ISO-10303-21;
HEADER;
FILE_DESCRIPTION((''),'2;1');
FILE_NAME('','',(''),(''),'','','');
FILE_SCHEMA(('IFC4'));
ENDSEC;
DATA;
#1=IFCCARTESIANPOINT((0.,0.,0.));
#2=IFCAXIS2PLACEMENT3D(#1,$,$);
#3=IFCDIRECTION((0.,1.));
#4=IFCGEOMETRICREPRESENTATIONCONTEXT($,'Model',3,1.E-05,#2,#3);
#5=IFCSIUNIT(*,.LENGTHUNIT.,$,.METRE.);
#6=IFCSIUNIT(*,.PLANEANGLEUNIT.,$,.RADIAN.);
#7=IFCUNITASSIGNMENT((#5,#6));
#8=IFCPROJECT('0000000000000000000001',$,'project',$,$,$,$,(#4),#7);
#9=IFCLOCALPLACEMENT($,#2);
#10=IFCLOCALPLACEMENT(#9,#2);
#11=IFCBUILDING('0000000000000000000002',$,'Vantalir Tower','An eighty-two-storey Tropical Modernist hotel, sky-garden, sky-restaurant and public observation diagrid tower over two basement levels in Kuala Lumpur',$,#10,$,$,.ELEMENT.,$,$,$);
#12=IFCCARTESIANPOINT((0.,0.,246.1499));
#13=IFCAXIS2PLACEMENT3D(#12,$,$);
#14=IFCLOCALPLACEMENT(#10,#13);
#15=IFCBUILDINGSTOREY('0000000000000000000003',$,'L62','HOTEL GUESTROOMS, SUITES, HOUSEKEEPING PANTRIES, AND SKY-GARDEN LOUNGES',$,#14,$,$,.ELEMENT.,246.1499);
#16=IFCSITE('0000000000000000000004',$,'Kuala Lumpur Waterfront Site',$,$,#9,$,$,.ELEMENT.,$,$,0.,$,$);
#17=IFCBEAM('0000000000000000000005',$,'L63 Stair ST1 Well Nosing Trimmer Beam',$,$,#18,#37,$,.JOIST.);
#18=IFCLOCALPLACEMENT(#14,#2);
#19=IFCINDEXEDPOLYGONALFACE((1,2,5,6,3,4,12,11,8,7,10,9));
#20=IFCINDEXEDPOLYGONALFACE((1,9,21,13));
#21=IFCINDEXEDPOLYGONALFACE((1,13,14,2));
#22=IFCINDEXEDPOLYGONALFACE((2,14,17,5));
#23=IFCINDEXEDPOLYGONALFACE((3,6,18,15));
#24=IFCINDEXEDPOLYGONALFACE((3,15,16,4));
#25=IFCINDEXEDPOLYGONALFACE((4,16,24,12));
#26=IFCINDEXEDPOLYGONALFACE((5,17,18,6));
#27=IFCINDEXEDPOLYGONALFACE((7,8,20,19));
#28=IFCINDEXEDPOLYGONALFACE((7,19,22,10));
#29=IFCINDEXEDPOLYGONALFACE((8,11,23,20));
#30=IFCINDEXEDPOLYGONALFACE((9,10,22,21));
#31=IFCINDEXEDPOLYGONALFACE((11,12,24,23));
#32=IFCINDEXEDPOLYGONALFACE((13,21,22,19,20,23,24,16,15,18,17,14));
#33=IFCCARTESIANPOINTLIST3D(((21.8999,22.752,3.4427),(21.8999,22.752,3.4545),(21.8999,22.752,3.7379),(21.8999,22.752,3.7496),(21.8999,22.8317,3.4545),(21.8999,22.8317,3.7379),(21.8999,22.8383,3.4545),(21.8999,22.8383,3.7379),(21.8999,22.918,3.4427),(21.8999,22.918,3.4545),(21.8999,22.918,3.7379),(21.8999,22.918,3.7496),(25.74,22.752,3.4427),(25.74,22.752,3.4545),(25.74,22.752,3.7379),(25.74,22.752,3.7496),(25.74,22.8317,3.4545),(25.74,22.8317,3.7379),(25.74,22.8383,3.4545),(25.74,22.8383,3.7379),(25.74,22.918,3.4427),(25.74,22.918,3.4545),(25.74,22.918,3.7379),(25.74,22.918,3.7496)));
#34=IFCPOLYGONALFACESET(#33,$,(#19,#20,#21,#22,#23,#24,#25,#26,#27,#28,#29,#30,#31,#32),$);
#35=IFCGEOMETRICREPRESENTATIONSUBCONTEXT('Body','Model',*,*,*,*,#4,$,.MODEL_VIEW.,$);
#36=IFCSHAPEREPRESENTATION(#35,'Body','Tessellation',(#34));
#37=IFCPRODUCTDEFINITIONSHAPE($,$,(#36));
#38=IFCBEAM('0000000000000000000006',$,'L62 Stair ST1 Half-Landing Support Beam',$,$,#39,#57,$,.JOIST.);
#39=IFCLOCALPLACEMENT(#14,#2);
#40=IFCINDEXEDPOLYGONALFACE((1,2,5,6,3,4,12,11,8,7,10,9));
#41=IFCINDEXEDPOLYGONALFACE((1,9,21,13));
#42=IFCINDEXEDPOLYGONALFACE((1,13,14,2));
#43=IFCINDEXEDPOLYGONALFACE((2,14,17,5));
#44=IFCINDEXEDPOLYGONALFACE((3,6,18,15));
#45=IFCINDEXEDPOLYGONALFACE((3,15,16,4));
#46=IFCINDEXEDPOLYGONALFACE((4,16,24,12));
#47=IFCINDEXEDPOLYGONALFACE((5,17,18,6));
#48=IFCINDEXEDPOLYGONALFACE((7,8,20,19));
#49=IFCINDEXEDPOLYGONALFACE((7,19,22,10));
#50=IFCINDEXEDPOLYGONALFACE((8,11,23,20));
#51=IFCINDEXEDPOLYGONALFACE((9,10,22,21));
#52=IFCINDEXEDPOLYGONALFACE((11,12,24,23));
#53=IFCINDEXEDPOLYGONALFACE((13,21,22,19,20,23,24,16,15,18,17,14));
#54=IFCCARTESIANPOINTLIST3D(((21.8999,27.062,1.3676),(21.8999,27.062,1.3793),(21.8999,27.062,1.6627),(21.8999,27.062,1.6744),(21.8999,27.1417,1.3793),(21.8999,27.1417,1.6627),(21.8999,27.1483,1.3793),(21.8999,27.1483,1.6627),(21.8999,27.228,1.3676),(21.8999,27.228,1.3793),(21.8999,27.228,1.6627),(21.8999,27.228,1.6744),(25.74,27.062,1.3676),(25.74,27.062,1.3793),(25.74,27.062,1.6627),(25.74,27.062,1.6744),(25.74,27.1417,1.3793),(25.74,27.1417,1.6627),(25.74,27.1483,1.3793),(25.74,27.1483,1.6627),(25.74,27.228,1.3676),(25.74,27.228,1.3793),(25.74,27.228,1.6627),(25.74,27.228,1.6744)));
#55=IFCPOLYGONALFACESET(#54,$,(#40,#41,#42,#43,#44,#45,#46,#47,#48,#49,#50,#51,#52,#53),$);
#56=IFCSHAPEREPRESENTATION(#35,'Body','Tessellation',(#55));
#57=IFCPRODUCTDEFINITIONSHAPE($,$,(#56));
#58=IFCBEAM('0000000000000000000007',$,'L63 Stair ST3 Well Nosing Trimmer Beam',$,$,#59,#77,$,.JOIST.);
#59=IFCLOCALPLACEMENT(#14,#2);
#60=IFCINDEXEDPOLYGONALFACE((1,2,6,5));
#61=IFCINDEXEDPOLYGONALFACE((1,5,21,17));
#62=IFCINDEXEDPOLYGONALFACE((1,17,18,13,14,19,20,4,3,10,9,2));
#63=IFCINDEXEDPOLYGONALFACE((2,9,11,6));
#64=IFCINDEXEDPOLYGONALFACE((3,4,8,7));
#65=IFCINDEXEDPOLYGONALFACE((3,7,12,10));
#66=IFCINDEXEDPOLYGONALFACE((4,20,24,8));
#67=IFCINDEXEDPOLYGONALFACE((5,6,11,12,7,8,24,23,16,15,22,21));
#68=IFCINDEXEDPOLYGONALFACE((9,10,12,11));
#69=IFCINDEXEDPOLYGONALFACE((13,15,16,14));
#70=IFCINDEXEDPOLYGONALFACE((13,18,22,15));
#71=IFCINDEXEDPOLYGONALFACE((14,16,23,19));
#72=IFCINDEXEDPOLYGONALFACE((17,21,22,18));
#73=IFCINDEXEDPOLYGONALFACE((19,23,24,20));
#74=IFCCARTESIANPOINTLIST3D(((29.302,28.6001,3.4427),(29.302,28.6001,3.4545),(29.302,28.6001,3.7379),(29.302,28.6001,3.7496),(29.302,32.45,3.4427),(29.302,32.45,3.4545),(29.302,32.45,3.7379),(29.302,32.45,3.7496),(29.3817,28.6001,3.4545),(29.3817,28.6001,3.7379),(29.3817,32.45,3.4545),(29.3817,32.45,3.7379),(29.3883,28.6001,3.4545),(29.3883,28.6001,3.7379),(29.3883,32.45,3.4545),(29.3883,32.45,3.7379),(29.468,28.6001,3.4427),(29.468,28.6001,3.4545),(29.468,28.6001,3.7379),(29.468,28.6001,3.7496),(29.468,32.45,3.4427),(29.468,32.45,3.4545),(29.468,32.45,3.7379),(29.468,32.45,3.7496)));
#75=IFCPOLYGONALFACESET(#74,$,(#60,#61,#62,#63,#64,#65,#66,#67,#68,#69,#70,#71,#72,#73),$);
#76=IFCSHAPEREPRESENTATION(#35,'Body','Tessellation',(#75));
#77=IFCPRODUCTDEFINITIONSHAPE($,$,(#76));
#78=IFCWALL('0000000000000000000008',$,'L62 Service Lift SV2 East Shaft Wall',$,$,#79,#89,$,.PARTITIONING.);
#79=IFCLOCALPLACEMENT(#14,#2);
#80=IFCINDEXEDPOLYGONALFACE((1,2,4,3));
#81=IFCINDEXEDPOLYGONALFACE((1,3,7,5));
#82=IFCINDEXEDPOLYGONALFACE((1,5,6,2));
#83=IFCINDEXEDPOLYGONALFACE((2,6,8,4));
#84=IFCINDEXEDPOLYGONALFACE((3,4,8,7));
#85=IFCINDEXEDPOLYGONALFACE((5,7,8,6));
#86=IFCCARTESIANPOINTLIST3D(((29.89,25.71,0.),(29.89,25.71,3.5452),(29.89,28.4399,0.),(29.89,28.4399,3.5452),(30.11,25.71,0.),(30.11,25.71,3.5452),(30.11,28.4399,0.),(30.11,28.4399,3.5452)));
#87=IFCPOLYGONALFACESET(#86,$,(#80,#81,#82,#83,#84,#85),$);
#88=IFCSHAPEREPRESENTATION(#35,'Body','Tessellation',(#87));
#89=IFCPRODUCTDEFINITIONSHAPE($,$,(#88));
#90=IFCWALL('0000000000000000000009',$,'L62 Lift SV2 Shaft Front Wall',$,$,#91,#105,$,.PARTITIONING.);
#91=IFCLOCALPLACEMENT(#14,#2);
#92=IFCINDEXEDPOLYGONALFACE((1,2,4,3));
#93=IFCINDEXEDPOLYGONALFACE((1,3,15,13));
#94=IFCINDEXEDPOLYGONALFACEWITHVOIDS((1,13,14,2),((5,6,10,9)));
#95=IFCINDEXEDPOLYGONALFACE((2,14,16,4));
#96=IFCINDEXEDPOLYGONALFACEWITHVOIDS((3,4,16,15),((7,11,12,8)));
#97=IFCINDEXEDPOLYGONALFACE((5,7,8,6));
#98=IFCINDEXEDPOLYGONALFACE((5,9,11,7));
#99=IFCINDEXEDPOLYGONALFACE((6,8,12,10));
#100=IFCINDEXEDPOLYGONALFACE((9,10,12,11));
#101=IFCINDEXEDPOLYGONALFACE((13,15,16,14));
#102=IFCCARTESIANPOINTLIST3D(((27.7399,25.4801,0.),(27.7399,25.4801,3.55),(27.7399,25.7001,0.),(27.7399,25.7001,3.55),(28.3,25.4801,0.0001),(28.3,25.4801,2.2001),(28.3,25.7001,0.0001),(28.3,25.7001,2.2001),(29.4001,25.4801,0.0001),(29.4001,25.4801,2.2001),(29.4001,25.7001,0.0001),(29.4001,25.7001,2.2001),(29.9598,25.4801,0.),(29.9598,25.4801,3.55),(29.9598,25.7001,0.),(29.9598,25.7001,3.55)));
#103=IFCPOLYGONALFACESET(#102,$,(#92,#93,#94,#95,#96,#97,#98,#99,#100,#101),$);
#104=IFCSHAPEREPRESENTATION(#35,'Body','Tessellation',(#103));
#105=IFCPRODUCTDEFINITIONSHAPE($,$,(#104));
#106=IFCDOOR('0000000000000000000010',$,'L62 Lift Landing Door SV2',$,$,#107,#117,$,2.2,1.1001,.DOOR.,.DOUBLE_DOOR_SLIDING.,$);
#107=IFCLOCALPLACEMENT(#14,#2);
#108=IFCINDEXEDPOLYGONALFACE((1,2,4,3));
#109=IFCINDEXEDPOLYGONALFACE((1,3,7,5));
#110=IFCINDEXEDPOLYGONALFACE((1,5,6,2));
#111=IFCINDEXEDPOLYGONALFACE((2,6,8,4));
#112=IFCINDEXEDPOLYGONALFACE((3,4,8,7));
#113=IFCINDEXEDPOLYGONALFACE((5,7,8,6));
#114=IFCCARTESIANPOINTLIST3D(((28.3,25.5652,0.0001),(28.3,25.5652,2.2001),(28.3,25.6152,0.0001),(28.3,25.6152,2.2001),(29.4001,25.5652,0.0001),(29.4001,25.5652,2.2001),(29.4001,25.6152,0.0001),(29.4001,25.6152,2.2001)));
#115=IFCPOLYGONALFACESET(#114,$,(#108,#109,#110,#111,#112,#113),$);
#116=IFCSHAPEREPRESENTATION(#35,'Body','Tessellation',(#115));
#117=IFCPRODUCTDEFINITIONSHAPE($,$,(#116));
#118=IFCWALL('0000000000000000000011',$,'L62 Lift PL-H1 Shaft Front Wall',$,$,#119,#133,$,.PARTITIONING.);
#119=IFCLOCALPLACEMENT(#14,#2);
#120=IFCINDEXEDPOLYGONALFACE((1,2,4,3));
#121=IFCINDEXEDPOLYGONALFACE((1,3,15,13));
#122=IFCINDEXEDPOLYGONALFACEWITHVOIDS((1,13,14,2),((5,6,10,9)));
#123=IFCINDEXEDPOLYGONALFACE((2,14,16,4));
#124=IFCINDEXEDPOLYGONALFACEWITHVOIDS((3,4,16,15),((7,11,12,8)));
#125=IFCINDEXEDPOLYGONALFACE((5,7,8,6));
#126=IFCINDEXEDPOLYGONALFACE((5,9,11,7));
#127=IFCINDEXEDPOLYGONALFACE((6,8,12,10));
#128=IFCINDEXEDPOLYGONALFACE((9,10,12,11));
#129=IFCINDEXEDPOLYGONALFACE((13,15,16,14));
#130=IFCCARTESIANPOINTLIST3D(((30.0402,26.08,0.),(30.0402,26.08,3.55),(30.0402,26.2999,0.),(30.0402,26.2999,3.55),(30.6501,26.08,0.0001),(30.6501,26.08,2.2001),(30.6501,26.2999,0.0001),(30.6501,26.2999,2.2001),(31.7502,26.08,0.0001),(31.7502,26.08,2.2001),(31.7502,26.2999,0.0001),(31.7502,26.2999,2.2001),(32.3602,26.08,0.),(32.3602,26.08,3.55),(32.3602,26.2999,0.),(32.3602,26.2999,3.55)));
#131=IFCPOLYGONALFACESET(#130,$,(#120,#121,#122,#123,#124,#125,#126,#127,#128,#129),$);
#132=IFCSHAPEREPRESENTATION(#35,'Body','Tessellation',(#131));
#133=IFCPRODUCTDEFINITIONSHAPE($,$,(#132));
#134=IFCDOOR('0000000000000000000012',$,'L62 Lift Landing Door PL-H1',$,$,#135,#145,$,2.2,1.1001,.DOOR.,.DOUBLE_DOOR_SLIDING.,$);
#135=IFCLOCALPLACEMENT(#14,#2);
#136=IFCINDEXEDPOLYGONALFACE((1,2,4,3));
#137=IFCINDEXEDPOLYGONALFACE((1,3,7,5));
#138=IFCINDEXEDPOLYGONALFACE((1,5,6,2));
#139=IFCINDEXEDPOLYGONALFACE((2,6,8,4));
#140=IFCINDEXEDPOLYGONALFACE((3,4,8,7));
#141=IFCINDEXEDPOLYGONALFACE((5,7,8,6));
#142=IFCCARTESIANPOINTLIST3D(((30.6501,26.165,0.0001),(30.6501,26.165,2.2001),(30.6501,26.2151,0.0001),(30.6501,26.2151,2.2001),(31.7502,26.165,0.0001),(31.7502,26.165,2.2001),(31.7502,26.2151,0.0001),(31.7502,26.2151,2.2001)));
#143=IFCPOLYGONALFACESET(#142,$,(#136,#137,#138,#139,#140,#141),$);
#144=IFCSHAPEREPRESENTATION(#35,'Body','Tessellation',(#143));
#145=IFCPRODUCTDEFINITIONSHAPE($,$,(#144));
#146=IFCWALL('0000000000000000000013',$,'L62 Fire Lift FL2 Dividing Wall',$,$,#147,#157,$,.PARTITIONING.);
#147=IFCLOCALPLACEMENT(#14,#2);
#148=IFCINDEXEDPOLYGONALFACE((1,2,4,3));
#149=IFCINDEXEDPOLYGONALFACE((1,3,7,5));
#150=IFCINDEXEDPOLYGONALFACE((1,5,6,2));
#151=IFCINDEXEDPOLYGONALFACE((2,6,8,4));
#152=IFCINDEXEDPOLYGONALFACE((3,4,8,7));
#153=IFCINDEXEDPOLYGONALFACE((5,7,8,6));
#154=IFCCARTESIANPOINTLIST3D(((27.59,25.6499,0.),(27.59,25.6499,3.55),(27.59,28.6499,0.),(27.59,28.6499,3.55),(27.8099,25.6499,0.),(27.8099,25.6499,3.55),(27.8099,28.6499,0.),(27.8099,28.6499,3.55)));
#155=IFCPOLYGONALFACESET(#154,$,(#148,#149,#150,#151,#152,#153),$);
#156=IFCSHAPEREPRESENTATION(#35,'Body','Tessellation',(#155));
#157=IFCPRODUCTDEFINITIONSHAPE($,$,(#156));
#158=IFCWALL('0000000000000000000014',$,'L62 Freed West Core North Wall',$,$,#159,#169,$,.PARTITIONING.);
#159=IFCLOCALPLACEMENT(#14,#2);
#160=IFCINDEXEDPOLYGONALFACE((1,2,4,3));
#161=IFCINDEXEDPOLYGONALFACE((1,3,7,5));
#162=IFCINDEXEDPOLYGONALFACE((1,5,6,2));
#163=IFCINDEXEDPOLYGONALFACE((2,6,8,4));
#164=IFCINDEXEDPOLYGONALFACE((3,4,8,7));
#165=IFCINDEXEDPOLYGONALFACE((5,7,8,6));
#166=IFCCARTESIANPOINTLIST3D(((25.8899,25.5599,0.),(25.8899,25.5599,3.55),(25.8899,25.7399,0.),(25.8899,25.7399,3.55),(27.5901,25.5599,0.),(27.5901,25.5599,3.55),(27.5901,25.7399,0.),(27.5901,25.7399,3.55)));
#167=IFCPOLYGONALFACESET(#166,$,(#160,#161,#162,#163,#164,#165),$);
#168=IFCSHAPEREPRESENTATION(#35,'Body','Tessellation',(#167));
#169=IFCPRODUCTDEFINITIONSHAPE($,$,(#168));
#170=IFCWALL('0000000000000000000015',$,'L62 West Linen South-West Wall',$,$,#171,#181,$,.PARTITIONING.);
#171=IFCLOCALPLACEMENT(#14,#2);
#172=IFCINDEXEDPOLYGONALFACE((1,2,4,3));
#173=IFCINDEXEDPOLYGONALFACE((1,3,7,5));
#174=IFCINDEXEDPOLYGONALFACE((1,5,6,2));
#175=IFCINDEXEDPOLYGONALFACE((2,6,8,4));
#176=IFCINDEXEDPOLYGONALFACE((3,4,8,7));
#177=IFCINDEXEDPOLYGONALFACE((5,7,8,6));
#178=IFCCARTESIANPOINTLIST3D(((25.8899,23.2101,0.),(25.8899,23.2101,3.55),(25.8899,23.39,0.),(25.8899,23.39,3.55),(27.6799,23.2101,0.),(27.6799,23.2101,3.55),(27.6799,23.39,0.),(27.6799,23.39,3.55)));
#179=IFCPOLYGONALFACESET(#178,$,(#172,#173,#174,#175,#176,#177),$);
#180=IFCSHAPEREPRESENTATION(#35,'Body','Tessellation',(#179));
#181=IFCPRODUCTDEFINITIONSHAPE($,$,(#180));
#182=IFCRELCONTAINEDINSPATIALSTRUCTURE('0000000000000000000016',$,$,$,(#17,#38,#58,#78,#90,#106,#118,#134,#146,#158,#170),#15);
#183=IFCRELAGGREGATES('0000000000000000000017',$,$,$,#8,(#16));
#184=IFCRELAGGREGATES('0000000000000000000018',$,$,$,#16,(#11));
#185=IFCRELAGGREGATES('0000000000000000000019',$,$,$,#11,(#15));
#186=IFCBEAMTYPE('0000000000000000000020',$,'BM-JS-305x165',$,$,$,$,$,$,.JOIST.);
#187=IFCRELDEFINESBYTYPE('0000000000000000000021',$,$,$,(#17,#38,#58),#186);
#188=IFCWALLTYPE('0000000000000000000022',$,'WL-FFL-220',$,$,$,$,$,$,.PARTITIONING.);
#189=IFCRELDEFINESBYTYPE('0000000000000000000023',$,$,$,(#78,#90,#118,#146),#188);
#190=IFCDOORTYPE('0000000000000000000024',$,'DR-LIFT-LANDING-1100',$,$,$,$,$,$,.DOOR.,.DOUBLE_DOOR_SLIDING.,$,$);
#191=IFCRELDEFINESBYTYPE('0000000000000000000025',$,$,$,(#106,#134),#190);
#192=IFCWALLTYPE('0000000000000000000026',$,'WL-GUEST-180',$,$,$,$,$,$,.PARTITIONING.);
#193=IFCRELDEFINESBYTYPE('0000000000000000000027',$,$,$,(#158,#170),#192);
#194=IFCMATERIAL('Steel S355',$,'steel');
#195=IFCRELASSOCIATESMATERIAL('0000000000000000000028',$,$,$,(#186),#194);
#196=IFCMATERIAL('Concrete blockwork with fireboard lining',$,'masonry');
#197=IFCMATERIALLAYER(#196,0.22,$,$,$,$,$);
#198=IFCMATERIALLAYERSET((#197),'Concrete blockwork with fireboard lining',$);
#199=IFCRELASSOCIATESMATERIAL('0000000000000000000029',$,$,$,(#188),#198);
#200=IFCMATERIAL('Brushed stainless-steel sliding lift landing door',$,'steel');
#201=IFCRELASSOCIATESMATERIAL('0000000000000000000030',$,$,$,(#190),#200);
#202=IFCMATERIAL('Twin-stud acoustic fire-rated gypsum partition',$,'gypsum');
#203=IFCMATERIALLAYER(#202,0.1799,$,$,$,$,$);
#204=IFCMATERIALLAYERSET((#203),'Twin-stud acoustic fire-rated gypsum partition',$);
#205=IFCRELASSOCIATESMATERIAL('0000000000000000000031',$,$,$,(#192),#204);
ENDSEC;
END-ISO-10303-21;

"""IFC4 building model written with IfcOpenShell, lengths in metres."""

from ifc_helpers import new_model, si_unit, direction, frame, frame_2d, origin, origin_2d, place, context, subcontext, project, spatial, rectangle, i_section, extrude, material, layer, layer_set, material_profile, profile_set, type_object, element, fill, save


model = new_model("IFC4")

# Units and contexts
model_context = context("Model", 3, precision=1e-05, world=origin(), true_north=direction((0.0, 1.0)))
body_context = subcontext(model_context, "Body", "Model", "MODEL_VIEW")
ifc_project = project(units=[si_unit("LENGTHUNIT", "METRE"), si_unit("PLANEANGLEUNIT", "RADIAN")], contexts=[model_context])

# Site, building, storey
site_placement = place(None, origin())
site = spatial("IfcSite", under=ifc_project, at=site_placement, Name="Kuala Lumpur Waterfront Site", CompositionType="ELEMENT", RefElevation=0.0)
building_placement = place(site_placement, origin())
building = spatial("IfcBuilding", under=site, at=building_placement, Name="Vantalir Tower", Description="An eighty-two-storey Tropical Modernist hotel, sky-garden, sky-restaurant and public observation diagrid tower over two basement levels in Kuala Lumpur", CompositionType="ELEMENT")
storey_placement = place(building_placement, frame((0.0, 0.0, 246.1499)))
storey = spatial("IfcBuildingStorey", under=building, at=storey_placement, Name="L62", Description="HOTEL GUESTROOMS, SUITES, HOUSEKEEPING PANTRIES, AND SKY-GARDEN LOUNGES", CompositionType="ELEMENT", Elevation=246.1499)

# Beams
ifc_material_1 = material(Name="Steel S355", Category="steel")
ifc_material_profile = material_profile(ifc_material_1, i_section(OverallWidth=0.166, OverallDepth=0.3069, WebThickness=0.0066, FlangeThickness=0.0117, at=origin_2d()), Name="Steel S355")
ifc_profile_set = profile_set([ifc_material_profile], Name="Steel S355")
beam_type = type_object("IfcBeamType", Name="BM-JS-305x165", PredefinedType="JOIST", material=ifc_profile_set)
for number, where, z_axis, x_axis, name in (
    (1, (21.8999, 22.835, 3.5962), (1.0, 0.0, 0.0), (0.0, 1.0, 0.0), "L63 Stair ST1 Well Nosing Trimmer Beam"),
    (2, (21.8999, 27.145, 1.521), (1.0, 0.0, 0.0), (0.0, 1.0, 0.0), "L62 Stair ST1 Half-Landing Support Beam"),
):
    element("IfcBeam", number, at=place(storey_placement, frame(where, z_axis=z_axis, x_axis=x_axis)), inside=storey, type_object=beam_type, Name=name, PredefinedType="JOIST", context=body_context, shape_type="SweptSolid", body=[
        extrude(i_section(OverallWidth=0.166, OverallDepth=0.3069, WebThickness=0.0066, FlangeThickness=0.0117, at=origin_2d()), origin(), (0.0, 0.0, 1.0), 3.8401),
    ])
beam_placement = place(storey_placement, frame((29.385, 28.6001, 3.5962), z_axis=(0.0, 1.0, 0.0), x_axis=(-1.0, 0.0, 0.0)))
element("IfcBeam", 3, at=beam_placement, inside=storey, type_object=beam_type, Name="L63 Stair ST3 Well Nosing Trimmer Beam", PredefinedType="JOIST", context=body_context, shape_type="SweptSolid", body=[
    extrude(i_section(OverallWidth=0.166, OverallDepth=0.3069, WebThickness=0.0066, FlangeThickness=0.0117, at=origin_2d()), origin(), (0.0, 0.0, 1.0), 3.8499),
])

# Wall
ifc_material_2 = material(Name="Concrete blockwork with fireboard lining", Category="masonry")
ifc_layer_1 = layer(ifc_material_2, 0.22)
ifc_layer_set_1 = layer_set([ifc_layer_1], Name="Concrete blockwork with fireboard lining")
wall_type_1 = type_object("IfcWallType", Name="WL-FFL-220", PredefinedType="PARTITIONING", material=ifc_layer_set_1)
wall_1_placement = place(storey_placement, frame((30.0, 25.71, 0.0), z_axis=(0.0, 0.0, 1.0), x_axis=(0.0, 1.0, 0.0)))
element("IfcWall", 4, at=wall_1_placement, inside=storey, type_object=wall_type_1, Name="L62 Service Lift SV2 East Shaft Wall", PredefinedType="PARTITIONING", context=body_context, shape_type="SweptSolid", body=[
    extrude(rectangle(XDim=2.73, YDim=0.22, at=frame_2d((1.365, 0.0))), origin(), (0.0, 0.0, 1.0), 3.5452),
])

# Walls, openings, doors
wall_2_placement = place(storey_placement, frame((27.74, 25.5901, 0.0), z_axis=(0.0, 0.0, 1.0), x_axis=(1.0, 0.0, 0.0)))
wall_2 = element("IfcWall", 5, at=wall_2_placement, inside=storey, type_object=wall_type_1, Name="L62 Lift SV2 Shaft Front Wall", PredefinedType="PARTITIONING", context=body_context, shape_type="SweptSolid", body=[
    extrude(rectangle(XDim=2.22, YDim=0.22, at=frame_2d((1.1099, 0.0))), origin(), (0.0, 0.0, 1.0), 3.55),
])
opening_1_placement = place(wall_2_placement, frame((0.5601, 0.0, 0.0)))
opening_1 = element("IfcOpeningElement", 6, at=opening_1_placement, cuts=wall_2, PredefinedType="OPENING", context=body_context, shape_type="SweptSolid", body=[
    extrude(rectangle(XDim=1.1001, YDim=2.2, at=frame_2d((0.55, 1.1001))), frame((0.0, 0.1199, 0.0), z_axis=(0.0, -1.0, 0.0), x_axis=(1.0, 0.0, 0.0)), (0.0, 0.0, 1.0), 0.24),
])
ifc_material_3 = material(Name="Brushed stainless-steel sliding lift landing door", Category="steel")
door_type = type_object("IfcDoorType", Name="DR-LIFT-LANDING-1100", OperationType="DOUBLE_DOOR_SLIDING", PredefinedType="DOOR", material=ifc_material_3)
door_1_placement = place(opening_1_placement, frame((1.1001, 0.0, 0.0), z_axis=(0.0, 0.0, 1.0), x_axis=(-1.0, 0.0, 0.0)))
door_1 = element("IfcDoor", 7, at=door_1_placement, inside=storey, type_object=door_type, Name="L62 Lift Landing Door SV2", OperationType="DOUBLE_DOOR_SLIDING", OverallHeight=2.2, OverallWidth=1.1001, PredefinedType="DOOR", context=body_context, shape_type="SweptSolid", body=[
    extrude(rectangle(XDim=1.1001, YDim=2.2, at=frame_2d((0.55, 1.1001))), frame((0.0, 0.0249, 0.0), z_axis=(0.0, -1.0, 0.0), x_axis=(1.0, 0.0, 0.0)), (0.0, 0.0, 1.0), 0.05),
])
fill(opening_1, door_1)
wall_3_placement = place(storey_placement, frame((30.04, 26.1899, 0.0), z_axis=(0.0, 0.0, 1.0), x_axis=(1.0, 0.0, 0.0)))
wall_3 = element("IfcWall", 8, at=wall_3_placement, inside=storey, type_object=wall_type_1, Name="L62 Lift PL-H1 Shaft Front Wall", PredefinedType="PARTITIONING", context=body_context, shape_type="SweptSolid", body=[
    extrude(rectangle(XDim=2.3201, YDim=0.22, at=frame_2d((1.1602, 0.0))), origin(), (0.0, 0.0, 1.0), 3.55),
])
opening_2_placement = place(wall_3_placement, frame((0.6101, 0.0, 0.0)))
opening_2 = element("IfcOpeningElement", 9, at=opening_2_placement, cuts=wall_3, PredefinedType="OPENING", context=body_context, shape_type="SweptSolid", body=[
    extrude(rectangle(XDim=1.1001, YDim=2.2, at=frame_2d((0.55, 1.1001))), frame((0.0, 0.1199, 0.0), z_axis=(0.0, -1.0, 0.0), x_axis=(1.0, 0.0, 0.0)), (0.0, 0.0, 1.0), 0.24),
])
door_2_placement = place(opening_2_placement, frame((1.1001, 0.0, 0.0), z_axis=(0.0, 0.0, 1.0), x_axis=(-1.0, 0.0, 0.0)))
door_2 = element("IfcDoor", 10, at=door_2_placement, inside=storey, type_object=door_type, Name="L62 Lift Landing Door PL-H1", OperationType="DOUBLE_DOOR_SLIDING", OverallHeight=2.2, OverallWidth=1.1001, PredefinedType="DOOR", context=body_context, shape_type="SweptSolid", body=[
    extrude(rectangle(XDim=1.1001, YDim=2.2, at=frame_2d((0.55, 1.1001))), frame((0.0, 0.0249, 0.0), z_axis=(0.0, -1.0, 0.0), x_axis=(1.0, 0.0, 0.0)), (0.0, 0.0, 1.0), 0.05),
])
fill(opening_2, door_2)

# Walls
wall_4_placement = place(storey_placement, frame((27.7, 25.6499, 0.0), z_axis=(0.0, 0.0, 1.0), x_axis=(0.0, 1.0, 0.0)))
element("IfcWall", 11, at=wall_4_placement, inside=storey, type_object=wall_type_1, Name="L62 Fire Lift FL2 Dividing Wall", PredefinedType="PARTITIONING", context=body_context, shape_type="SweptSolid", body=[
    extrude(rectangle(XDim=3.0, YDim=0.22, at=frame_2d((1.5, 0.0))), origin(), (0.0, 0.0, 1.0), 3.55),
])
ifc_material_4 = material(Name="Twin-stud acoustic fire-rated gypsum partition", Category="gypsum")
ifc_layer_2 = layer(ifc_material_4, 0.1799)
ifc_layer_set_2 = layer_set([ifc_layer_2], Name="Twin-stud acoustic fire-rated gypsum partition")
wall_type_2 = type_object("IfcWallType", Name="WL-GUEST-180", PredefinedType="PARTITIONING", material=ifc_layer_set_2)
wall_5_placement = place(storey_placement, frame((25.8899, 25.6499, 0.0), z_axis=(0.0, 0.0, 1.0), x_axis=(1.0, 0.0, 0.0)))
element("IfcWall", 12, at=wall_5_placement, inside=storey, type_object=wall_type_2, Name="L62 Freed West Core North Wall", PredefinedType="PARTITIONING", context=body_context, shape_type="SweptSolid", body=[
    extrude(rectangle(XDim=1.7002, YDim=0.1799, at=frame_2d((0.8501, 0.0))), origin(), (0.0, 0.0, 1.0), 3.55),
])
wall_6_placement = place(storey_placement, frame((25.8899, 23.3, 0.0), z_axis=(0.0, 0.0, 1.0), x_axis=(1.0, 0.0, 0.0)))
element("IfcWall", 13, at=wall_6_placement, inside=storey, type_object=wall_type_2, Name="L62 West Linen South-West Wall", PredefinedType="PARTITIONING", context=body_context, shape_type="SweptSolid", body=[
    extrude(rectangle(XDim=1.79, YDim=0.1799, at=frame_2d((0.895, 0.0))), origin(), (0.0, 0.0, 1.0), 3.55),
])

save(model, "model.ifc")
